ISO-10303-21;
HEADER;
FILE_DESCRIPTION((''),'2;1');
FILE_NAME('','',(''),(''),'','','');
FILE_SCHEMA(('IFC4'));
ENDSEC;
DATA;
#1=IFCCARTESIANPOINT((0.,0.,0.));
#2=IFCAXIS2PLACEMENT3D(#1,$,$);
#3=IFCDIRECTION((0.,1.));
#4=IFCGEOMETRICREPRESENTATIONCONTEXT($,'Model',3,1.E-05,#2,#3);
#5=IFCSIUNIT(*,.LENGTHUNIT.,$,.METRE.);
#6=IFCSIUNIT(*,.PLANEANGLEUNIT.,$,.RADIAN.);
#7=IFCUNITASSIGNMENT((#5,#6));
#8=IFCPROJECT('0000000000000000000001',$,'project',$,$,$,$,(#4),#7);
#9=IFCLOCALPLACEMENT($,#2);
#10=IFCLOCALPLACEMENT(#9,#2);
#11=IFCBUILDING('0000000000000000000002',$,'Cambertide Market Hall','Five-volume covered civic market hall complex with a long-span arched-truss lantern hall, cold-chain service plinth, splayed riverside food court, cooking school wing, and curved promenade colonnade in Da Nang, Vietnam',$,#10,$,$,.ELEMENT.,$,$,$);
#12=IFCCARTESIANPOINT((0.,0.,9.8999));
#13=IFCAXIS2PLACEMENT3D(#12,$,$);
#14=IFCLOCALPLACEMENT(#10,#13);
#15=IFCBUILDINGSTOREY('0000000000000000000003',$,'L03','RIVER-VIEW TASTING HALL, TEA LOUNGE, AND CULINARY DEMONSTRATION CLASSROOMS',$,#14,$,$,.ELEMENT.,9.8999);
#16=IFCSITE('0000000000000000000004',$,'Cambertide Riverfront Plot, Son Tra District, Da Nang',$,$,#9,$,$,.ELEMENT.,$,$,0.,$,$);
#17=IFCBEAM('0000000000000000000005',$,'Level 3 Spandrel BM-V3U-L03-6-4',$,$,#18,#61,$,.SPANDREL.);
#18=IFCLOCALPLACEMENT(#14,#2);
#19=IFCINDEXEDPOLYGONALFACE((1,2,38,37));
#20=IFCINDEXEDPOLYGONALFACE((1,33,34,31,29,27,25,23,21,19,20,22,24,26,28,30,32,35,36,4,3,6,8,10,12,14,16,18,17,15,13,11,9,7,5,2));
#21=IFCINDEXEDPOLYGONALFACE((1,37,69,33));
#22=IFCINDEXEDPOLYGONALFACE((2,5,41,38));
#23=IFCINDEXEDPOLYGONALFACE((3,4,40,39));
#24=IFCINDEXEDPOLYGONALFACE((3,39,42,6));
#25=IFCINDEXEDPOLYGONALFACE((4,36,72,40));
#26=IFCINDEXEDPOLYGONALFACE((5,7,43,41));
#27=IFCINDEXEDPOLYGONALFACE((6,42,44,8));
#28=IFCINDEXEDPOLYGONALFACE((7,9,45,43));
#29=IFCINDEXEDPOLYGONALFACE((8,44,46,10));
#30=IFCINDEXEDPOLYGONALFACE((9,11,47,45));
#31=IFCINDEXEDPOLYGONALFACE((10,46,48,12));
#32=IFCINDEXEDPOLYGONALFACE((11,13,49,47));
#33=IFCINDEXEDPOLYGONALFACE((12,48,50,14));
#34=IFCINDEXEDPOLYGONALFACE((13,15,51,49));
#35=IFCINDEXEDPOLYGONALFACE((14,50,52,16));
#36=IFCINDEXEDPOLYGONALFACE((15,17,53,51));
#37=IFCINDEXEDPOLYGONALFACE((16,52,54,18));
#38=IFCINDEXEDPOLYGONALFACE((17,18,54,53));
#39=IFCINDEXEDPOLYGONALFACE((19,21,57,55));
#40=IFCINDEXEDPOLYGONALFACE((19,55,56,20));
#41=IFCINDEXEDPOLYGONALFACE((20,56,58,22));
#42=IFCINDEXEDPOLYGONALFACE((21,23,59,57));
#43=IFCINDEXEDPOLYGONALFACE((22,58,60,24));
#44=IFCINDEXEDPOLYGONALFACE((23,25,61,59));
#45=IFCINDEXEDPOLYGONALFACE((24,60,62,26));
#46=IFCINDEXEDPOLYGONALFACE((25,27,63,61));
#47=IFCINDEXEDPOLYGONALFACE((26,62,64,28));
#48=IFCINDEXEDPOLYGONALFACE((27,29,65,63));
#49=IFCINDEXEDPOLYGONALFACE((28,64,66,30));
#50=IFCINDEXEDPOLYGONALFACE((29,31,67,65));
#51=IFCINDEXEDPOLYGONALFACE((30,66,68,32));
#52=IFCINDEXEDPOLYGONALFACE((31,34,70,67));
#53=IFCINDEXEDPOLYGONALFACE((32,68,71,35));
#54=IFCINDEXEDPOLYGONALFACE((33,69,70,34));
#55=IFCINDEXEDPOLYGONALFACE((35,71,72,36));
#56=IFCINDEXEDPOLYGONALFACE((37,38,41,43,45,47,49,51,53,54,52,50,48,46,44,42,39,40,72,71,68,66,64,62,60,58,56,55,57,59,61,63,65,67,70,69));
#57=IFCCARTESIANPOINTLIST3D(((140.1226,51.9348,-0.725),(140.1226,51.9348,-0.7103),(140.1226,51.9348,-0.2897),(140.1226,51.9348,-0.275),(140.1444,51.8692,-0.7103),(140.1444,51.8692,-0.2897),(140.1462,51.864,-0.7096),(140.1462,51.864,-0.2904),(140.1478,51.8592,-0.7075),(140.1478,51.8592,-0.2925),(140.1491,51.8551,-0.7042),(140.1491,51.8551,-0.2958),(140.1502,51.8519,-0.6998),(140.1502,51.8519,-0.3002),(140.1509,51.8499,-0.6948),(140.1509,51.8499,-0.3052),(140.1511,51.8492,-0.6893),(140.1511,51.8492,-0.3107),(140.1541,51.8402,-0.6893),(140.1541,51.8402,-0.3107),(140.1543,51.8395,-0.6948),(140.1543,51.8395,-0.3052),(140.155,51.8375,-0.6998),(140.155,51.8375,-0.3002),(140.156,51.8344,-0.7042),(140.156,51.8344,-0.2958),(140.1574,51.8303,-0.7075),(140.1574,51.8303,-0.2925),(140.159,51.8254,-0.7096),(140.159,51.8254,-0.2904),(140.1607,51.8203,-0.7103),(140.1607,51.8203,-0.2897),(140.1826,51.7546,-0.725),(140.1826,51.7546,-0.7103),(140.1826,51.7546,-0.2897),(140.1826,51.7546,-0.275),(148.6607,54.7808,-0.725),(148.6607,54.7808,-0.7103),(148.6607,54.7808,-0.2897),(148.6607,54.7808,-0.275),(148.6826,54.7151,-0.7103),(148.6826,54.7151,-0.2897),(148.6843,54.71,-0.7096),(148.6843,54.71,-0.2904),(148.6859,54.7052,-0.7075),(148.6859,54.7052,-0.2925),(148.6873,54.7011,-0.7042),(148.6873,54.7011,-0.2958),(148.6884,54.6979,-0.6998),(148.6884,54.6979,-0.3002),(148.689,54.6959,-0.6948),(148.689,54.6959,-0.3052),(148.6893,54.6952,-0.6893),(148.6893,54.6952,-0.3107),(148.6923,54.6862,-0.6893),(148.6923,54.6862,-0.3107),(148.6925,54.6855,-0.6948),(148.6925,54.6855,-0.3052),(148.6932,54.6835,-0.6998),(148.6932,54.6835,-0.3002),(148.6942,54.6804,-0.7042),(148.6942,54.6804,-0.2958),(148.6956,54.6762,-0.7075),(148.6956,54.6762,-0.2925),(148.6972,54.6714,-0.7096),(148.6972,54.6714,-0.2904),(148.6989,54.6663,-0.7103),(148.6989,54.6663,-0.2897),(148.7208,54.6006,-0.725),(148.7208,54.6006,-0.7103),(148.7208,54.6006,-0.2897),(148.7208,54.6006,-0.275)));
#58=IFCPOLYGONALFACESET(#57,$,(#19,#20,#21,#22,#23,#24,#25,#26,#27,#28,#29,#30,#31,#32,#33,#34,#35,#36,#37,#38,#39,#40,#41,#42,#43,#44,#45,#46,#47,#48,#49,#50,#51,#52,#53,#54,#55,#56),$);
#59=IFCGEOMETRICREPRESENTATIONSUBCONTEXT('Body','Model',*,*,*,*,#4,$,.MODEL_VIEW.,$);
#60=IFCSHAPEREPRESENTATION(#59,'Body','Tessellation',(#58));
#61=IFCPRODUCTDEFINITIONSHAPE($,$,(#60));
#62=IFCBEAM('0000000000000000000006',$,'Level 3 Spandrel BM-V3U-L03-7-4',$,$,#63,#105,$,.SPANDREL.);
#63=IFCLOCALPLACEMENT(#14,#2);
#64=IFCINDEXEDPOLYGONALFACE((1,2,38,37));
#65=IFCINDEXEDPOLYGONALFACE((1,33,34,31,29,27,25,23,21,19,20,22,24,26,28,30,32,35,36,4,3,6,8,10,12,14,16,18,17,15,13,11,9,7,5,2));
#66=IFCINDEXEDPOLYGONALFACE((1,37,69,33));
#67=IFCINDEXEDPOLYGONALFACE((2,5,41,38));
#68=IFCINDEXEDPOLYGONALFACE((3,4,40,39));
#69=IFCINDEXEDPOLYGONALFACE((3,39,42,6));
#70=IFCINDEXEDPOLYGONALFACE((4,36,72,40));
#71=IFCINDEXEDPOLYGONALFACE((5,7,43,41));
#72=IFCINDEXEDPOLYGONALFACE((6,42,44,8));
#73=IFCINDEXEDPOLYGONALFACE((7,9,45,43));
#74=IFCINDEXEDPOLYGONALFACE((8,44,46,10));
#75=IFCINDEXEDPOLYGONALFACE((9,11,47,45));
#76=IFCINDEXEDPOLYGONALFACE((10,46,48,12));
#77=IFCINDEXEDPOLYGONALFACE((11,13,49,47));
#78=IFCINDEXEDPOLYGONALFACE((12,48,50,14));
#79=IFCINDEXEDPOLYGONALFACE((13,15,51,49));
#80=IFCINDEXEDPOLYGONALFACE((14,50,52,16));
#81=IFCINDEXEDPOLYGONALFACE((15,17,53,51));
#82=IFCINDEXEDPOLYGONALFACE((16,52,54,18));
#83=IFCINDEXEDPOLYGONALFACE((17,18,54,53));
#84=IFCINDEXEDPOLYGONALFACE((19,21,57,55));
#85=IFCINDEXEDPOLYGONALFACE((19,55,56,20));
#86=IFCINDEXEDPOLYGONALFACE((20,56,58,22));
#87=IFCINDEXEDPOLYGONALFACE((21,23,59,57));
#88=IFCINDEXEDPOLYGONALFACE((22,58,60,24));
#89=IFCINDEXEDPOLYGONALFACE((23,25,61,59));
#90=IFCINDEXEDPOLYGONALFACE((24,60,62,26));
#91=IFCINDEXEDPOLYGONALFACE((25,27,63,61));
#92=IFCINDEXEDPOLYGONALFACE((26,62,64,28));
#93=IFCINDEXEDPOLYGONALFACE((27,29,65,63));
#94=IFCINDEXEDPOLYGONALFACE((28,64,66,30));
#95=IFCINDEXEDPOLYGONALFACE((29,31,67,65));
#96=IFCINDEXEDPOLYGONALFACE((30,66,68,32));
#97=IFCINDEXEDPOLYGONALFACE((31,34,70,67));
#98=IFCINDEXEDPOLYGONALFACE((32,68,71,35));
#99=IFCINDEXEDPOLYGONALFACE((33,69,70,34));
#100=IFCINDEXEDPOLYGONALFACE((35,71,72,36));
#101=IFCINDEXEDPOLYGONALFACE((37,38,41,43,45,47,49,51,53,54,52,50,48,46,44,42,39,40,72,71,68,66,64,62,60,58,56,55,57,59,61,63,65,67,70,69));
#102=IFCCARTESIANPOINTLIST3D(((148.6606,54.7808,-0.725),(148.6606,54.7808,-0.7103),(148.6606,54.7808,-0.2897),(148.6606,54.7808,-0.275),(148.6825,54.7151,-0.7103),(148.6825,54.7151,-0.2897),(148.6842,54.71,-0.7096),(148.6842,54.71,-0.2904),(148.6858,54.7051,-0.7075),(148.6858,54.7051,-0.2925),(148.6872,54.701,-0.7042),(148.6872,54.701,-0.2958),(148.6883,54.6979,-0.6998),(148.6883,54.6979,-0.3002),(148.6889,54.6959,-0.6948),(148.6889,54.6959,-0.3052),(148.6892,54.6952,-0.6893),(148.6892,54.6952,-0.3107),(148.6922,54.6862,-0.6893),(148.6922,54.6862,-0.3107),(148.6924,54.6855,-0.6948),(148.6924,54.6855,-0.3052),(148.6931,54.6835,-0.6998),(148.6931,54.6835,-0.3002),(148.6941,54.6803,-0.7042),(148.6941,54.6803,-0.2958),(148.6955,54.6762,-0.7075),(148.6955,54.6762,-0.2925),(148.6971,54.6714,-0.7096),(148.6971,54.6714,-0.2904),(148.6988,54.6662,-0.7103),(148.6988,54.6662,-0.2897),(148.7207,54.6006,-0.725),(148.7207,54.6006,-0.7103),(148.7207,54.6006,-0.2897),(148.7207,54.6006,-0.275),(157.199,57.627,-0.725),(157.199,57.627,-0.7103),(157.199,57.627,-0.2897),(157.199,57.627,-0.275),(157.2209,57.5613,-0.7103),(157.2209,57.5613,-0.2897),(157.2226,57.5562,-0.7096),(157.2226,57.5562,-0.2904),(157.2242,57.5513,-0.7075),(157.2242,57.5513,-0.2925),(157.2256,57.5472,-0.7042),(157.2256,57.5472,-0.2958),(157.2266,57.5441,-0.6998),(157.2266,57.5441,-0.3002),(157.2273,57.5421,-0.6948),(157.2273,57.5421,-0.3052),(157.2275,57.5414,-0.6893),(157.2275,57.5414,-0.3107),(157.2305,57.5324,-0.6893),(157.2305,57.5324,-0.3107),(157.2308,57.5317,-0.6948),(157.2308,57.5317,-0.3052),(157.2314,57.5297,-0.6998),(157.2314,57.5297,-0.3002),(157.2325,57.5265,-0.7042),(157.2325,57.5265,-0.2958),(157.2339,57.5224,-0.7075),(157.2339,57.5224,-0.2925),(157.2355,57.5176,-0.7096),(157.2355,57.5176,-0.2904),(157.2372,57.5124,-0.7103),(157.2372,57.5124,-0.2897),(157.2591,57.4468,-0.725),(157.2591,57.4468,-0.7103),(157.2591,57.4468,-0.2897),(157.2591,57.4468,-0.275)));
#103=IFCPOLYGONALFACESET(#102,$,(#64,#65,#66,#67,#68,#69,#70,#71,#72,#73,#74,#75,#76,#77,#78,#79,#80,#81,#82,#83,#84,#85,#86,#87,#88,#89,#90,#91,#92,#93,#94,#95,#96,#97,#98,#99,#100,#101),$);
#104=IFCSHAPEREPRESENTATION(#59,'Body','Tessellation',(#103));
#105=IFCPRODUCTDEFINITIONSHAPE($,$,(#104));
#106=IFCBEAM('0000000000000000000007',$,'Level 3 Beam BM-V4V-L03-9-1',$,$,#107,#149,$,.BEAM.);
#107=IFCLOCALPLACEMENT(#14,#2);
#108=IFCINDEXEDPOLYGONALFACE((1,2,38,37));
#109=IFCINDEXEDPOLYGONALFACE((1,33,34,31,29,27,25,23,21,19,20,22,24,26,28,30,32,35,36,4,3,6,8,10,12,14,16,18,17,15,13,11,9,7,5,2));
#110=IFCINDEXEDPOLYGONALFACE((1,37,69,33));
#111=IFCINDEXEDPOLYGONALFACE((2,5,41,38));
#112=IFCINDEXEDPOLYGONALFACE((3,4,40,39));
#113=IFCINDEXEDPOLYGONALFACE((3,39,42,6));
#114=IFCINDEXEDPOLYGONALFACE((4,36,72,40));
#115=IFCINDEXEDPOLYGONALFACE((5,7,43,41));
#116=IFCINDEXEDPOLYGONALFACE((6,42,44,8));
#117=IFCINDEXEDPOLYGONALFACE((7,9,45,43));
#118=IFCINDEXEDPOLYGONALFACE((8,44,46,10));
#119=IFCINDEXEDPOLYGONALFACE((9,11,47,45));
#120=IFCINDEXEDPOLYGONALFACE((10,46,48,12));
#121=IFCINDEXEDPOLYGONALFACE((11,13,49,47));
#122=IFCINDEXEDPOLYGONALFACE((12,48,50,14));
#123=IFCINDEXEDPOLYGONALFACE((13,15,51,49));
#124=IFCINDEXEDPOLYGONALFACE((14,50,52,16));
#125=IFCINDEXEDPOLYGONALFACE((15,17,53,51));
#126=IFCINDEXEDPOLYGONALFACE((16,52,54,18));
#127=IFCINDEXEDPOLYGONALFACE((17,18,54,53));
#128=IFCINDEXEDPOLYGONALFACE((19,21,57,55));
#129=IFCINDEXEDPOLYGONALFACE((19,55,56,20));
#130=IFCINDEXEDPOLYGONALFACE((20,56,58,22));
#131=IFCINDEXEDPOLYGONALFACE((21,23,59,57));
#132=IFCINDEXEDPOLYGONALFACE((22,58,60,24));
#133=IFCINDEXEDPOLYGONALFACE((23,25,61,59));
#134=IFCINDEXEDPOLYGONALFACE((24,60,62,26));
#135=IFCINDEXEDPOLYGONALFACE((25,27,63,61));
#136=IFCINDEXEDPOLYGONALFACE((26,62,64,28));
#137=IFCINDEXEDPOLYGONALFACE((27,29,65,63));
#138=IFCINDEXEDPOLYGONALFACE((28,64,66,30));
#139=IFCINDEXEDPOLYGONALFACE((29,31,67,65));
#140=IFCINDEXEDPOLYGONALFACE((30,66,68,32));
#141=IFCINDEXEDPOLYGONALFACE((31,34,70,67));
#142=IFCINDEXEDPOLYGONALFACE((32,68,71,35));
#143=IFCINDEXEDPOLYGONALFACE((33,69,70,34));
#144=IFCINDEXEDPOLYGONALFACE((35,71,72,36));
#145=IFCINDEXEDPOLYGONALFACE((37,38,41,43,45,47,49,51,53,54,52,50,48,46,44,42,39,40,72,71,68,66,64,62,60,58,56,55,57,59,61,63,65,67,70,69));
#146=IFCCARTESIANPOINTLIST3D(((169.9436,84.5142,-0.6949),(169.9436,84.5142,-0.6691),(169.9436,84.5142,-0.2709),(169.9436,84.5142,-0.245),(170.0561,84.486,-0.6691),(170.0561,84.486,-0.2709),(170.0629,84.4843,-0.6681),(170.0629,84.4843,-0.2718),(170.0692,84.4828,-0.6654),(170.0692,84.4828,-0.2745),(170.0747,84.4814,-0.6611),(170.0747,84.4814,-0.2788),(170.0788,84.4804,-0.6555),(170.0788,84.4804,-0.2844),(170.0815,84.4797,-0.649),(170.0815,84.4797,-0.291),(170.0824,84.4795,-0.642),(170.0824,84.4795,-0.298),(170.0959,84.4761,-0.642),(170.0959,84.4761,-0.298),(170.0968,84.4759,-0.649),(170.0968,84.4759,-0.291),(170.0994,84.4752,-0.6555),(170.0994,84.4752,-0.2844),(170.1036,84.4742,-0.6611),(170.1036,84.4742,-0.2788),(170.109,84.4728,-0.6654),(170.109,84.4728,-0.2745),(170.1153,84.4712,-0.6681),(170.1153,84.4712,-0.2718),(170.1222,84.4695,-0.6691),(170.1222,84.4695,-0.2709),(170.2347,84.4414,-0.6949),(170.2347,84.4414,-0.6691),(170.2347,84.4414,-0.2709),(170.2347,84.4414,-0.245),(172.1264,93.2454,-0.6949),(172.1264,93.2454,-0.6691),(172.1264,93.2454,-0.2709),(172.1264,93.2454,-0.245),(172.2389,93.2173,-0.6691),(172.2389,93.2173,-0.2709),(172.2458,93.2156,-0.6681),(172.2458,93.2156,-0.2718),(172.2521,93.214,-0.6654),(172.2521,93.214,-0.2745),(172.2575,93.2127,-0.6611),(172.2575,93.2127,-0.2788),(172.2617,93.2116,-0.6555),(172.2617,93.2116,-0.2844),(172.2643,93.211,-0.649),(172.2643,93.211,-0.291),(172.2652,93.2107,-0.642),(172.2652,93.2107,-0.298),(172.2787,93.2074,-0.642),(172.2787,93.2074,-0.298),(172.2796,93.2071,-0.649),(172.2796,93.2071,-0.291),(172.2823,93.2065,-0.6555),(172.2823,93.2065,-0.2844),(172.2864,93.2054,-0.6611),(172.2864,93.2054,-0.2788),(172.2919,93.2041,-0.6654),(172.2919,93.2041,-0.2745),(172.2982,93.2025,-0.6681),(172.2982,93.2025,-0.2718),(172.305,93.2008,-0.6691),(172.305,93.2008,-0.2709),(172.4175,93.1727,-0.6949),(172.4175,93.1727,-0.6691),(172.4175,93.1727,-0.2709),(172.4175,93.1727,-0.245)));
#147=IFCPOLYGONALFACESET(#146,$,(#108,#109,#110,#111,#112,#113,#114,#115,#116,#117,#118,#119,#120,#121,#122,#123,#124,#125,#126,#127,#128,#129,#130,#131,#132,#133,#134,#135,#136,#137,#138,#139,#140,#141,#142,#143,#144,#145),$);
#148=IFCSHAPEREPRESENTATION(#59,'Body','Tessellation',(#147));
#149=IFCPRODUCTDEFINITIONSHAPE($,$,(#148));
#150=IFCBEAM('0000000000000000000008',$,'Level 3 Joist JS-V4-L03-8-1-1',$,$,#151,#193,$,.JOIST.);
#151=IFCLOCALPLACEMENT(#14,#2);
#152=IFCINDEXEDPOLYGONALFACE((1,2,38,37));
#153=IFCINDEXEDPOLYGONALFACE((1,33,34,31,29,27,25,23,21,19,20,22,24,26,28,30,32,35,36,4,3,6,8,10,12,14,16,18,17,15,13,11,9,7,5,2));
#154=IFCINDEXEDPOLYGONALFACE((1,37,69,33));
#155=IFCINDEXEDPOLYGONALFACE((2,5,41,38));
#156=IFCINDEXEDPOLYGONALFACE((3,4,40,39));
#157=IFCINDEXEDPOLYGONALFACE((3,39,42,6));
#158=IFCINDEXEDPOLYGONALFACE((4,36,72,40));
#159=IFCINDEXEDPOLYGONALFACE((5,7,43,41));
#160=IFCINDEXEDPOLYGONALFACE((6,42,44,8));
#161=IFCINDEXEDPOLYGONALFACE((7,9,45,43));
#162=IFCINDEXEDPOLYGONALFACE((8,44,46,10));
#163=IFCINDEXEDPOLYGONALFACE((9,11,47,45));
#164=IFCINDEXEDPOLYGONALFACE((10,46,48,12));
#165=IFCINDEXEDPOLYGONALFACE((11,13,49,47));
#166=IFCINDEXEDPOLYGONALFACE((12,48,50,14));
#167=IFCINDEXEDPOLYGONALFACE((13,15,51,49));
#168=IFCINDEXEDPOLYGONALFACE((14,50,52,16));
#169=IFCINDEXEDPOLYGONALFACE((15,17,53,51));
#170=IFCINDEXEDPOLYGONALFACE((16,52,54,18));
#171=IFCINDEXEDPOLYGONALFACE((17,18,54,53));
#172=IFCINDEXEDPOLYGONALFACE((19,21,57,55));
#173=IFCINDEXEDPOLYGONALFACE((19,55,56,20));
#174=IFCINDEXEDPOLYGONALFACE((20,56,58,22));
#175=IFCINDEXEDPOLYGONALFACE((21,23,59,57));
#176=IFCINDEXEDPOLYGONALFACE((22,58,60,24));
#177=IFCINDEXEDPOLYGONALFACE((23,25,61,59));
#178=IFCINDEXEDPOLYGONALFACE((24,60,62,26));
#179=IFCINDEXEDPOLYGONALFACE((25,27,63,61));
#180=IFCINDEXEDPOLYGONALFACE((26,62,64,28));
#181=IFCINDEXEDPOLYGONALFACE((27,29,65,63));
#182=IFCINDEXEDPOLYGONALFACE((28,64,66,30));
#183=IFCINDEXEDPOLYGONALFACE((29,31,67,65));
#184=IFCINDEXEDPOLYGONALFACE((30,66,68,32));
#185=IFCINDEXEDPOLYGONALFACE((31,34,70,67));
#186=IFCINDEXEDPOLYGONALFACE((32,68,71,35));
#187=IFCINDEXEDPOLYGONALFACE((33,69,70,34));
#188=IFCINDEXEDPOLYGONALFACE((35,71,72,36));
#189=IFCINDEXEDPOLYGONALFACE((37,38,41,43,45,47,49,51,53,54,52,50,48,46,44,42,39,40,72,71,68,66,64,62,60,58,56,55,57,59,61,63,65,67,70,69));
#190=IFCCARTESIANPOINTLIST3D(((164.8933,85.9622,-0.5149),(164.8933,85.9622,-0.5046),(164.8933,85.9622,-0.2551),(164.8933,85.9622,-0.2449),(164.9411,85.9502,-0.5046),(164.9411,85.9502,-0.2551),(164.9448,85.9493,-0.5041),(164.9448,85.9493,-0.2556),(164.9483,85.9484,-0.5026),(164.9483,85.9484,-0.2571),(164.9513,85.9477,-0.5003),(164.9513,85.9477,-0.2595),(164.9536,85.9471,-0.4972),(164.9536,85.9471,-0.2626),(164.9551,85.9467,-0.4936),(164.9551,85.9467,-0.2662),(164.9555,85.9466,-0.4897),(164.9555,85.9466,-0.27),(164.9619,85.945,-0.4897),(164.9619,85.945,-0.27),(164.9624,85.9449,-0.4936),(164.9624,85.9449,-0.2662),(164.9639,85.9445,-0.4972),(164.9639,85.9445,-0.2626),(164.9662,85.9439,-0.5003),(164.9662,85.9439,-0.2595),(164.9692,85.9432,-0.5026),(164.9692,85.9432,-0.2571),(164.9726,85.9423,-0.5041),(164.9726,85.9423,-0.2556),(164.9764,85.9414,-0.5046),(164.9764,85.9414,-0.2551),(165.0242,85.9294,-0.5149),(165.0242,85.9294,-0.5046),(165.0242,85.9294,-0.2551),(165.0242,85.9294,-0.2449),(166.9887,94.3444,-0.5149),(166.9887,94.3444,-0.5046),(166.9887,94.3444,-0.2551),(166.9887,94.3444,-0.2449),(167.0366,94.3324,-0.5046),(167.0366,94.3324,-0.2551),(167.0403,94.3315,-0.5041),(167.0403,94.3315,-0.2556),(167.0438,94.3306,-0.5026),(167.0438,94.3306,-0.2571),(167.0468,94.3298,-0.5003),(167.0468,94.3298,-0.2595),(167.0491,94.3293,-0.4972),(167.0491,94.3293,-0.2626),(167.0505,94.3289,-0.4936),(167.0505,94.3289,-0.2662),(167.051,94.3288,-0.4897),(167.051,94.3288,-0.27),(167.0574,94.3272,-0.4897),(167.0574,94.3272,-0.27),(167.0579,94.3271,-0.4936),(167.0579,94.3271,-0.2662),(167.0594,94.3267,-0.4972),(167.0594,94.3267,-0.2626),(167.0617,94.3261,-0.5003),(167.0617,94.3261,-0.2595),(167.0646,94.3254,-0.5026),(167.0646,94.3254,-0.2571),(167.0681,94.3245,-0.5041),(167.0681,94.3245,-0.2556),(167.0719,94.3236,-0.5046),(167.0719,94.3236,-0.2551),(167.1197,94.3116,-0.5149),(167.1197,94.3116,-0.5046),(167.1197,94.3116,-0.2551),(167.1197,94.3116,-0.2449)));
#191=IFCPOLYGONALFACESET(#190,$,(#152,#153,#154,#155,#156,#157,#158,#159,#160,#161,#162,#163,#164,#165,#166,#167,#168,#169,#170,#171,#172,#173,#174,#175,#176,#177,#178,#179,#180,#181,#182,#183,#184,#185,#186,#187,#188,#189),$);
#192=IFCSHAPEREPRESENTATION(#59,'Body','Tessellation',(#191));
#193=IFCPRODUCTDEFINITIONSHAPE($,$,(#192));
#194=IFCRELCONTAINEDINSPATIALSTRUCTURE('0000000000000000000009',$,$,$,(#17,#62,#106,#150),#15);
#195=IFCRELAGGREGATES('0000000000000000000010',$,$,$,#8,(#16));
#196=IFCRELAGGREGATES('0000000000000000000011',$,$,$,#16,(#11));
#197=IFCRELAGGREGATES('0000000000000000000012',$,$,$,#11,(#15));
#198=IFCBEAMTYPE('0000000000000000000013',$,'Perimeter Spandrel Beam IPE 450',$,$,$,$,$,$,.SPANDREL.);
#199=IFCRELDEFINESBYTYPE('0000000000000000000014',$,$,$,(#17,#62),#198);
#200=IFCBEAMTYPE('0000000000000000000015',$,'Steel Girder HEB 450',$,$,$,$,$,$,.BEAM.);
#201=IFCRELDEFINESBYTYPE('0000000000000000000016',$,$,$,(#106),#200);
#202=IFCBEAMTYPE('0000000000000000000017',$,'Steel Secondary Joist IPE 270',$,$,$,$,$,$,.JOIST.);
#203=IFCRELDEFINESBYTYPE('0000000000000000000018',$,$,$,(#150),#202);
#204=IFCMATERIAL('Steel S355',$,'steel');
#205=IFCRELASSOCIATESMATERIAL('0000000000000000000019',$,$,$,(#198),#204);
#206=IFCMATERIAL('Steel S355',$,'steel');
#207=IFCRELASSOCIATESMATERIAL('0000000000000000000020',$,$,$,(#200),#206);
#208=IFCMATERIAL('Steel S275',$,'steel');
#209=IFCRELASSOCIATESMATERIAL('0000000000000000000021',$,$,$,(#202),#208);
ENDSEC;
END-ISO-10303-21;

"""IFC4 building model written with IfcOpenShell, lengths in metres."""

from ifc_helpers import new_model, si_unit, direction, frame, origin, origin_2d, place, context, subcontext, project, spatial, i_section, extrude, material, material_profile, profile_set, type_object, element, save


model = new_model("IFC4")

# Units and contexts
model_context = context("Model", 3, precision=1e-05, world=origin(), true_north=direction((0.0, 1.0)))
body_context = subcontext(model_context, "Body", "Model", "MODEL_VIEW")
ifc_project = project(units=[si_unit("LENGTHUNIT", "METRE"), si_unit("PLANEANGLEUNIT", "RADIAN")], contexts=[model_context])

# Site, building, storey
site_placement = place(None, origin())
site = spatial("IfcSite", under=ifc_project, at=site_placement, Name="Cambertide Riverfront Plot, Son Tra District, Da Nang", CompositionType="ELEMENT", RefElevation=0.0)
building_placement = place(site_placement, origin())
building = spatial("IfcBuilding", under=site, at=building_placement, Name="Cambertide Market Hall", Description="Five-volume covered civic market hall complex with a long-span arched-truss lantern hall, cold-chain service plinth, splayed riverside food court, cooking school wing, and curved promenade colonnade in Da Nang, Vietnam", CompositionType="ELEMENT")
storey_placement = place(building_placement, frame((0.0, 0.0, 9.8999)))
storey = spatial("IfcBuildingStorey", under=building, at=storey_placement, Name="L03", Description="RIVER-VIEW TASTING HALL, TEA LOUNGE, AND CULINARY DEMONSTRATION CLASSROOMS", CompositionType="ELEMENT", Elevation=9.8999)

# Beams
ifc_material_1 = material(Name="Steel S355", Category="steel")
ifc_material_profile_1 = material_profile(ifc_material_1, i_section(OverallWidth=0.1899, OverallDepth=0.45, WebThickness=0.0095, FlangeThickness=0.0146, FilletRadius=0.021, at=origin_2d()), Name="IPE 450")
ifc_profile_set_1 = profile_set([ifc_material_profile_1], Name="Steel S355")
beam_type_1 = type_object("IfcBeamType", Name="Perimeter Spandrel Beam IPE 450", PredefinedType="SPANDREL", material=ifc_profile_set_1)
beam_1_placement = place(storey_placement, frame((140.1526, 51.8447, -0.5), z_axis=(0.948686, 0.31622, 0.0), x_axis=(-0.31622, 0.948686, 0.0)))
element("IfcBeam", 1, at=beam_1_placement, inside=storey, type_object=beam_type_1, Name="Level 3 Spandrel BM-V3U-L03-6-4", PredefinedType="SPANDREL", context=body_context, shape_type="SweptSolid", body=[
    extrude(i_section(OverallWidth=0.1899, OverallDepth=0.45, WebThickness=0.0095, FlangeThickness=0.0146, FilletRadius=0.021, at=origin_2d()), origin(), (0.0, 0.0, 1.0), 9.0),
])
beam_2_placement = place(storey_placement, frame((148.6907, 54.6907, -0.5), z_axis=(0.948681, 0.316236, 0.0), x_axis=(-0.316236, 0.948681, 0.0)))
element("IfcBeam", 2, at=beam_2_placement, inside=storey, type_object=beam_type_1, Name="Level 3 Spandrel BM-V3U-L03-7-4", PredefinedType="SPANDREL", context=body_context, shape_type="SweptSolid", body=[
    extrude(i_section(OverallWidth=0.1899, OverallDepth=0.45, WebThickness=0.0095, FlangeThickness=0.0146, FilletRadius=0.021, at=origin_2d()), origin(), (0.0, 0.0, 1.0), 9.0002),
])
ifc_material_2 = material(Name="Steel S355", Category="steel")
ifc_material_profile_2 = material_profile(ifc_material_2, i_section(OverallWidth=0.3, OverallDepth=0.45, WebThickness=0.0139, FlangeThickness=0.0259, FilletRadius=0.0271, at=origin_2d()), Name="HEB 450")
ifc_profile_set_2 = profile_set([ifc_material_profile_2], Name="Steel S355")
beam_type_2 = type_object("IfcBeamType", Name="Steel Girder HEB 450", PredefinedType="BEAM", material=ifc_profile_set_2)
beam_3_placement = place(storey_placement, frame((170.0891, 84.4778, -0.47), z_axis=(0.242542, 0.970141, 0.0), x_axis=(-0.970141, 0.242542, 0.0)))
element("IfcBeam", 3, at=beam_3_placement, inside=storey, type_object=beam_type_2, Name="Level 3 Beam BM-V4V-L03-9-1", PredefinedType="BEAM", context=body_context, shape_type="SweptSolid", body=[
    extrude(i_section(OverallWidth=0.3, OverallDepth=0.45, WebThickness=0.0139, FlangeThickness=0.0259, FilletRadius=0.0271, at=origin_2d()), origin(), (0.0, 0.0, 1.0), 9.0),
])
ifc_material_3 = material(Name="Steel S275", Category="steel")
ifc_material_profile_3 = material_profile(ifc_material_3, i_section(OverallWidth=0.135, OverallDepth=0.27, WebThickness=0.0066, FlangeThickness=0.0103, FilletRadius=0.0149, at=origin_2d()), Name="IPE 270")
ifc_profile_set_3 = profile_set([ifc_material_profile_3], Name="Steel S275")
beam_type_3 = type_object("IfcBeamType", Name="Steel Secondary Joist IPE 270", PredefinedType="JOIST", material=ifc_profile_set_3)
for number, where, z_axis, x_axis, name in (
    (4, (164.9587, 85.9458, -0.3799), (0.242529, 0.970144, 0.0), (-0.970144, 0.242529, 0.0), "Level 3 Joist JS-V4-L03-8-1-1"),
):
    element("IfcBeam", number, at=place(storey_placement, frame(where, z_axis=z_axis, x_axis=x_axis)), inside=storey, type_object=beam_type_3, Name=name, PredefinedType="JOIST", context=body_context, shape_type="SweptSolid", body=[
        extrude(i_section(OverallWidth=0.135, OverallDepth=0.27, WebThickness=0.0066, FlangeThickness=0.0103, FilletRadius=0.0149, at=origin_2d()), origin(), (0.0, 0.0, 1.0), 8.6401),
    ])

save(model, "model.ifc")
